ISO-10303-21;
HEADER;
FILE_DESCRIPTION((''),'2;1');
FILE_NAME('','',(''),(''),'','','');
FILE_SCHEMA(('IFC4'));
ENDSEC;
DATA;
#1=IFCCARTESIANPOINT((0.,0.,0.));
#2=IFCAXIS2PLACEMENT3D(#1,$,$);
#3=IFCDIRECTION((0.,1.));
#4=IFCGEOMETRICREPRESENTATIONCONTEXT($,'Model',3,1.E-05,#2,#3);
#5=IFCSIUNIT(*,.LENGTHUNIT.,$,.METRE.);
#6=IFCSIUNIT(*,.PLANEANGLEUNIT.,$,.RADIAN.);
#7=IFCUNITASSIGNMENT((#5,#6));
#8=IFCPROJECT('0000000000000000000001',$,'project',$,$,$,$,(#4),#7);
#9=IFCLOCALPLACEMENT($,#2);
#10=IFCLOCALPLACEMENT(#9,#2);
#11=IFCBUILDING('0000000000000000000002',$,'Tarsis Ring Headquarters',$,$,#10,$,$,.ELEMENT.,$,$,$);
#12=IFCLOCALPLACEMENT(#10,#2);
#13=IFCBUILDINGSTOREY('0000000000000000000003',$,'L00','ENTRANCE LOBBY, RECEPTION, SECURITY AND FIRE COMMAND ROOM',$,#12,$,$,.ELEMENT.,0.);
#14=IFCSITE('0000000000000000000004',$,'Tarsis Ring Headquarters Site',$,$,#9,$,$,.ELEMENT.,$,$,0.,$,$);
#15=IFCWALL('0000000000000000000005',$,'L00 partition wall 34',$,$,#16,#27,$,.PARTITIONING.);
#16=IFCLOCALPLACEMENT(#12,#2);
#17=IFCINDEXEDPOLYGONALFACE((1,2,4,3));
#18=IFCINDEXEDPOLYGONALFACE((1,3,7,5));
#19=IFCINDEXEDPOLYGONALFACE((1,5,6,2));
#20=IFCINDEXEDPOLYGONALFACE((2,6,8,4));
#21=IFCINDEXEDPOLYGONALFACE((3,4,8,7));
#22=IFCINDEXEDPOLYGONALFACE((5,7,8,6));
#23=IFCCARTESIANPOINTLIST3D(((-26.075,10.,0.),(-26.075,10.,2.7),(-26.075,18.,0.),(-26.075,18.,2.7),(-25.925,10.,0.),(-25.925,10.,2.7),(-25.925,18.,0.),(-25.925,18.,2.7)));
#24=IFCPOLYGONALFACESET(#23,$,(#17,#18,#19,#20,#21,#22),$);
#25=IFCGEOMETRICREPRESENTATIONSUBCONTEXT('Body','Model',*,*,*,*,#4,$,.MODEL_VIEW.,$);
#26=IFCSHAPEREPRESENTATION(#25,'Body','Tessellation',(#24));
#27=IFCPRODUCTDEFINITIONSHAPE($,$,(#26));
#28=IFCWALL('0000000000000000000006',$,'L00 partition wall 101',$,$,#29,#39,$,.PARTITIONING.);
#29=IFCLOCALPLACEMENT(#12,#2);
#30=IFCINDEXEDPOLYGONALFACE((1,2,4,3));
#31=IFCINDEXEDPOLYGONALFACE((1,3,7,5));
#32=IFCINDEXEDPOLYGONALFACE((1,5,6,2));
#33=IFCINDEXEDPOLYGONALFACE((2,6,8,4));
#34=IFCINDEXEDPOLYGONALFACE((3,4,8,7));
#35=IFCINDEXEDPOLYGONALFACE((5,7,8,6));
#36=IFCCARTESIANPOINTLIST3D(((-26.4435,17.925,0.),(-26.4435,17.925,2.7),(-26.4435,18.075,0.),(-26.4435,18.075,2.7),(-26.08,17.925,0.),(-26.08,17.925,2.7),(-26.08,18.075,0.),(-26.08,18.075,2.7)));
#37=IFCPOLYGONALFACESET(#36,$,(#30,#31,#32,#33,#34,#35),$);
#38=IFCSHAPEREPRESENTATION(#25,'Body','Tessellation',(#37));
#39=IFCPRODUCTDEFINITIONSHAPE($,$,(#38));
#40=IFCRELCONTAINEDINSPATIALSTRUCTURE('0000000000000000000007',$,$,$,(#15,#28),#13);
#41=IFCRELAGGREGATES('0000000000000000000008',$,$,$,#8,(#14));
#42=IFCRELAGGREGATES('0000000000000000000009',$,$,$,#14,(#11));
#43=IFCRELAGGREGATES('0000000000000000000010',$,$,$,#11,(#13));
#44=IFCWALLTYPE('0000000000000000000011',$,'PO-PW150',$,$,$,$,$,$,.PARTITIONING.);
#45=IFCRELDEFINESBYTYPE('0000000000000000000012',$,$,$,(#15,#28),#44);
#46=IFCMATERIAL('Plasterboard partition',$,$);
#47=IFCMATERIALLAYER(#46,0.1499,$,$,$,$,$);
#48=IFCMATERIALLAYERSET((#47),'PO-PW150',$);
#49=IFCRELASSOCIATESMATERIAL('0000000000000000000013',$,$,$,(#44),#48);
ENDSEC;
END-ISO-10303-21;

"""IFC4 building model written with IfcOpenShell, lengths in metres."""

from ifc_helpers import new_model, si_unit, direction, frame, frame_2d, origin, place, context, subcontext, project, spatial, rectangle, extrude, material, layer, layer_set, type_object, element, save


model = new_model("IFC4")

# Units and contexts
model_context = context("Model", 3, precision=1e-05, world=origin(), true_north=direction((0.0, 1.0)))
body_context = subcontext(model_context, "Body", "Model", "MODEL_VIEW")
ifc_project = project(units=[si_unit("LENGTHUNIT", "METRE"), si_unit("PLANEANGLEUNIT", "RADIAN")], contexts=[model_context])

# Site, building, storey
site_placement = place(None, origin())
site = spatial("IfcSite", under=ifc_project, at=site_placement, Name="Tarsis Ring Headquarters Site", CompositionType="ELEMENT", RefElevation=0.0)
building_placement = place(site_placement, origin())
building = spatial("IfcBuilding", under=site, at=building_placement, Name="Tarsis Ring Headquarters", CompositionType="ELEMENT")
storey_placement = place(building_placement, origin())
storey = spatial("IfcBuildingStorey", under=building, at=storey_placement, Name="L00", Description="ENTRANCE LOBBY, RECEPTION, SECURITY AND FIRE COMMAND ROOM", CompositionType="ELEMENT", Elevation=0.0)

# Walls
ifc_material_1 = material(Name="Plasterboard partition")
ifc_layer = layer(ifc_material_1, 0.1499)
ifc_layer_set = layer_set([ifc_layer], Name="PO-PW150")
wall_type = type_object("IfcWallType", Name="PO-PW150", PredefinedType="PARTITIONING", material=ifc_layer_set)
wall_1_placement = place(storey_placement, frame((-26.0, 18.0, 0.0), z_axis=(0.0, 0.0, 1.0), x_axis=(0.0, -1.0, 0.0)))
element("IfcWall", 1, at=wall_1_placement, inside=storey, type_object=wall_type, Name="L00 partition wall 34", PredefinedType="PARTITIONING", context=body_context, shape_type="SweptSolid", body=[
    extrude(rectangle(XDim=8.0, YDim=0.1499, at=frame_2d((4.0, 0.0))), origin(), (0.0, 0.0, 1.0), 2.7),
])
wall_2_placement = place(storey_placement, frame((-26.0801, 18.0, 0.0), z_axis=(0.0, 0.0, 1.0), x_axis=(-1.0, 0.0, 0.0)))
element("IfcWall", 2, at=wall_2_placement, inside=storey, type_object=wall_type, Name="L00 partition wall 101", PredefinedType="PARTITIONING", context=body_context, shape_type="SweptSolid", body=[
    extrude(rectangle(XDim=0.3635, YDim=0.1499, at=frame_2d((0.1816, 0.0))), origin(), (0.0, 0.0, 1.0), 2.7),
])

save(model, "model.ifc")
